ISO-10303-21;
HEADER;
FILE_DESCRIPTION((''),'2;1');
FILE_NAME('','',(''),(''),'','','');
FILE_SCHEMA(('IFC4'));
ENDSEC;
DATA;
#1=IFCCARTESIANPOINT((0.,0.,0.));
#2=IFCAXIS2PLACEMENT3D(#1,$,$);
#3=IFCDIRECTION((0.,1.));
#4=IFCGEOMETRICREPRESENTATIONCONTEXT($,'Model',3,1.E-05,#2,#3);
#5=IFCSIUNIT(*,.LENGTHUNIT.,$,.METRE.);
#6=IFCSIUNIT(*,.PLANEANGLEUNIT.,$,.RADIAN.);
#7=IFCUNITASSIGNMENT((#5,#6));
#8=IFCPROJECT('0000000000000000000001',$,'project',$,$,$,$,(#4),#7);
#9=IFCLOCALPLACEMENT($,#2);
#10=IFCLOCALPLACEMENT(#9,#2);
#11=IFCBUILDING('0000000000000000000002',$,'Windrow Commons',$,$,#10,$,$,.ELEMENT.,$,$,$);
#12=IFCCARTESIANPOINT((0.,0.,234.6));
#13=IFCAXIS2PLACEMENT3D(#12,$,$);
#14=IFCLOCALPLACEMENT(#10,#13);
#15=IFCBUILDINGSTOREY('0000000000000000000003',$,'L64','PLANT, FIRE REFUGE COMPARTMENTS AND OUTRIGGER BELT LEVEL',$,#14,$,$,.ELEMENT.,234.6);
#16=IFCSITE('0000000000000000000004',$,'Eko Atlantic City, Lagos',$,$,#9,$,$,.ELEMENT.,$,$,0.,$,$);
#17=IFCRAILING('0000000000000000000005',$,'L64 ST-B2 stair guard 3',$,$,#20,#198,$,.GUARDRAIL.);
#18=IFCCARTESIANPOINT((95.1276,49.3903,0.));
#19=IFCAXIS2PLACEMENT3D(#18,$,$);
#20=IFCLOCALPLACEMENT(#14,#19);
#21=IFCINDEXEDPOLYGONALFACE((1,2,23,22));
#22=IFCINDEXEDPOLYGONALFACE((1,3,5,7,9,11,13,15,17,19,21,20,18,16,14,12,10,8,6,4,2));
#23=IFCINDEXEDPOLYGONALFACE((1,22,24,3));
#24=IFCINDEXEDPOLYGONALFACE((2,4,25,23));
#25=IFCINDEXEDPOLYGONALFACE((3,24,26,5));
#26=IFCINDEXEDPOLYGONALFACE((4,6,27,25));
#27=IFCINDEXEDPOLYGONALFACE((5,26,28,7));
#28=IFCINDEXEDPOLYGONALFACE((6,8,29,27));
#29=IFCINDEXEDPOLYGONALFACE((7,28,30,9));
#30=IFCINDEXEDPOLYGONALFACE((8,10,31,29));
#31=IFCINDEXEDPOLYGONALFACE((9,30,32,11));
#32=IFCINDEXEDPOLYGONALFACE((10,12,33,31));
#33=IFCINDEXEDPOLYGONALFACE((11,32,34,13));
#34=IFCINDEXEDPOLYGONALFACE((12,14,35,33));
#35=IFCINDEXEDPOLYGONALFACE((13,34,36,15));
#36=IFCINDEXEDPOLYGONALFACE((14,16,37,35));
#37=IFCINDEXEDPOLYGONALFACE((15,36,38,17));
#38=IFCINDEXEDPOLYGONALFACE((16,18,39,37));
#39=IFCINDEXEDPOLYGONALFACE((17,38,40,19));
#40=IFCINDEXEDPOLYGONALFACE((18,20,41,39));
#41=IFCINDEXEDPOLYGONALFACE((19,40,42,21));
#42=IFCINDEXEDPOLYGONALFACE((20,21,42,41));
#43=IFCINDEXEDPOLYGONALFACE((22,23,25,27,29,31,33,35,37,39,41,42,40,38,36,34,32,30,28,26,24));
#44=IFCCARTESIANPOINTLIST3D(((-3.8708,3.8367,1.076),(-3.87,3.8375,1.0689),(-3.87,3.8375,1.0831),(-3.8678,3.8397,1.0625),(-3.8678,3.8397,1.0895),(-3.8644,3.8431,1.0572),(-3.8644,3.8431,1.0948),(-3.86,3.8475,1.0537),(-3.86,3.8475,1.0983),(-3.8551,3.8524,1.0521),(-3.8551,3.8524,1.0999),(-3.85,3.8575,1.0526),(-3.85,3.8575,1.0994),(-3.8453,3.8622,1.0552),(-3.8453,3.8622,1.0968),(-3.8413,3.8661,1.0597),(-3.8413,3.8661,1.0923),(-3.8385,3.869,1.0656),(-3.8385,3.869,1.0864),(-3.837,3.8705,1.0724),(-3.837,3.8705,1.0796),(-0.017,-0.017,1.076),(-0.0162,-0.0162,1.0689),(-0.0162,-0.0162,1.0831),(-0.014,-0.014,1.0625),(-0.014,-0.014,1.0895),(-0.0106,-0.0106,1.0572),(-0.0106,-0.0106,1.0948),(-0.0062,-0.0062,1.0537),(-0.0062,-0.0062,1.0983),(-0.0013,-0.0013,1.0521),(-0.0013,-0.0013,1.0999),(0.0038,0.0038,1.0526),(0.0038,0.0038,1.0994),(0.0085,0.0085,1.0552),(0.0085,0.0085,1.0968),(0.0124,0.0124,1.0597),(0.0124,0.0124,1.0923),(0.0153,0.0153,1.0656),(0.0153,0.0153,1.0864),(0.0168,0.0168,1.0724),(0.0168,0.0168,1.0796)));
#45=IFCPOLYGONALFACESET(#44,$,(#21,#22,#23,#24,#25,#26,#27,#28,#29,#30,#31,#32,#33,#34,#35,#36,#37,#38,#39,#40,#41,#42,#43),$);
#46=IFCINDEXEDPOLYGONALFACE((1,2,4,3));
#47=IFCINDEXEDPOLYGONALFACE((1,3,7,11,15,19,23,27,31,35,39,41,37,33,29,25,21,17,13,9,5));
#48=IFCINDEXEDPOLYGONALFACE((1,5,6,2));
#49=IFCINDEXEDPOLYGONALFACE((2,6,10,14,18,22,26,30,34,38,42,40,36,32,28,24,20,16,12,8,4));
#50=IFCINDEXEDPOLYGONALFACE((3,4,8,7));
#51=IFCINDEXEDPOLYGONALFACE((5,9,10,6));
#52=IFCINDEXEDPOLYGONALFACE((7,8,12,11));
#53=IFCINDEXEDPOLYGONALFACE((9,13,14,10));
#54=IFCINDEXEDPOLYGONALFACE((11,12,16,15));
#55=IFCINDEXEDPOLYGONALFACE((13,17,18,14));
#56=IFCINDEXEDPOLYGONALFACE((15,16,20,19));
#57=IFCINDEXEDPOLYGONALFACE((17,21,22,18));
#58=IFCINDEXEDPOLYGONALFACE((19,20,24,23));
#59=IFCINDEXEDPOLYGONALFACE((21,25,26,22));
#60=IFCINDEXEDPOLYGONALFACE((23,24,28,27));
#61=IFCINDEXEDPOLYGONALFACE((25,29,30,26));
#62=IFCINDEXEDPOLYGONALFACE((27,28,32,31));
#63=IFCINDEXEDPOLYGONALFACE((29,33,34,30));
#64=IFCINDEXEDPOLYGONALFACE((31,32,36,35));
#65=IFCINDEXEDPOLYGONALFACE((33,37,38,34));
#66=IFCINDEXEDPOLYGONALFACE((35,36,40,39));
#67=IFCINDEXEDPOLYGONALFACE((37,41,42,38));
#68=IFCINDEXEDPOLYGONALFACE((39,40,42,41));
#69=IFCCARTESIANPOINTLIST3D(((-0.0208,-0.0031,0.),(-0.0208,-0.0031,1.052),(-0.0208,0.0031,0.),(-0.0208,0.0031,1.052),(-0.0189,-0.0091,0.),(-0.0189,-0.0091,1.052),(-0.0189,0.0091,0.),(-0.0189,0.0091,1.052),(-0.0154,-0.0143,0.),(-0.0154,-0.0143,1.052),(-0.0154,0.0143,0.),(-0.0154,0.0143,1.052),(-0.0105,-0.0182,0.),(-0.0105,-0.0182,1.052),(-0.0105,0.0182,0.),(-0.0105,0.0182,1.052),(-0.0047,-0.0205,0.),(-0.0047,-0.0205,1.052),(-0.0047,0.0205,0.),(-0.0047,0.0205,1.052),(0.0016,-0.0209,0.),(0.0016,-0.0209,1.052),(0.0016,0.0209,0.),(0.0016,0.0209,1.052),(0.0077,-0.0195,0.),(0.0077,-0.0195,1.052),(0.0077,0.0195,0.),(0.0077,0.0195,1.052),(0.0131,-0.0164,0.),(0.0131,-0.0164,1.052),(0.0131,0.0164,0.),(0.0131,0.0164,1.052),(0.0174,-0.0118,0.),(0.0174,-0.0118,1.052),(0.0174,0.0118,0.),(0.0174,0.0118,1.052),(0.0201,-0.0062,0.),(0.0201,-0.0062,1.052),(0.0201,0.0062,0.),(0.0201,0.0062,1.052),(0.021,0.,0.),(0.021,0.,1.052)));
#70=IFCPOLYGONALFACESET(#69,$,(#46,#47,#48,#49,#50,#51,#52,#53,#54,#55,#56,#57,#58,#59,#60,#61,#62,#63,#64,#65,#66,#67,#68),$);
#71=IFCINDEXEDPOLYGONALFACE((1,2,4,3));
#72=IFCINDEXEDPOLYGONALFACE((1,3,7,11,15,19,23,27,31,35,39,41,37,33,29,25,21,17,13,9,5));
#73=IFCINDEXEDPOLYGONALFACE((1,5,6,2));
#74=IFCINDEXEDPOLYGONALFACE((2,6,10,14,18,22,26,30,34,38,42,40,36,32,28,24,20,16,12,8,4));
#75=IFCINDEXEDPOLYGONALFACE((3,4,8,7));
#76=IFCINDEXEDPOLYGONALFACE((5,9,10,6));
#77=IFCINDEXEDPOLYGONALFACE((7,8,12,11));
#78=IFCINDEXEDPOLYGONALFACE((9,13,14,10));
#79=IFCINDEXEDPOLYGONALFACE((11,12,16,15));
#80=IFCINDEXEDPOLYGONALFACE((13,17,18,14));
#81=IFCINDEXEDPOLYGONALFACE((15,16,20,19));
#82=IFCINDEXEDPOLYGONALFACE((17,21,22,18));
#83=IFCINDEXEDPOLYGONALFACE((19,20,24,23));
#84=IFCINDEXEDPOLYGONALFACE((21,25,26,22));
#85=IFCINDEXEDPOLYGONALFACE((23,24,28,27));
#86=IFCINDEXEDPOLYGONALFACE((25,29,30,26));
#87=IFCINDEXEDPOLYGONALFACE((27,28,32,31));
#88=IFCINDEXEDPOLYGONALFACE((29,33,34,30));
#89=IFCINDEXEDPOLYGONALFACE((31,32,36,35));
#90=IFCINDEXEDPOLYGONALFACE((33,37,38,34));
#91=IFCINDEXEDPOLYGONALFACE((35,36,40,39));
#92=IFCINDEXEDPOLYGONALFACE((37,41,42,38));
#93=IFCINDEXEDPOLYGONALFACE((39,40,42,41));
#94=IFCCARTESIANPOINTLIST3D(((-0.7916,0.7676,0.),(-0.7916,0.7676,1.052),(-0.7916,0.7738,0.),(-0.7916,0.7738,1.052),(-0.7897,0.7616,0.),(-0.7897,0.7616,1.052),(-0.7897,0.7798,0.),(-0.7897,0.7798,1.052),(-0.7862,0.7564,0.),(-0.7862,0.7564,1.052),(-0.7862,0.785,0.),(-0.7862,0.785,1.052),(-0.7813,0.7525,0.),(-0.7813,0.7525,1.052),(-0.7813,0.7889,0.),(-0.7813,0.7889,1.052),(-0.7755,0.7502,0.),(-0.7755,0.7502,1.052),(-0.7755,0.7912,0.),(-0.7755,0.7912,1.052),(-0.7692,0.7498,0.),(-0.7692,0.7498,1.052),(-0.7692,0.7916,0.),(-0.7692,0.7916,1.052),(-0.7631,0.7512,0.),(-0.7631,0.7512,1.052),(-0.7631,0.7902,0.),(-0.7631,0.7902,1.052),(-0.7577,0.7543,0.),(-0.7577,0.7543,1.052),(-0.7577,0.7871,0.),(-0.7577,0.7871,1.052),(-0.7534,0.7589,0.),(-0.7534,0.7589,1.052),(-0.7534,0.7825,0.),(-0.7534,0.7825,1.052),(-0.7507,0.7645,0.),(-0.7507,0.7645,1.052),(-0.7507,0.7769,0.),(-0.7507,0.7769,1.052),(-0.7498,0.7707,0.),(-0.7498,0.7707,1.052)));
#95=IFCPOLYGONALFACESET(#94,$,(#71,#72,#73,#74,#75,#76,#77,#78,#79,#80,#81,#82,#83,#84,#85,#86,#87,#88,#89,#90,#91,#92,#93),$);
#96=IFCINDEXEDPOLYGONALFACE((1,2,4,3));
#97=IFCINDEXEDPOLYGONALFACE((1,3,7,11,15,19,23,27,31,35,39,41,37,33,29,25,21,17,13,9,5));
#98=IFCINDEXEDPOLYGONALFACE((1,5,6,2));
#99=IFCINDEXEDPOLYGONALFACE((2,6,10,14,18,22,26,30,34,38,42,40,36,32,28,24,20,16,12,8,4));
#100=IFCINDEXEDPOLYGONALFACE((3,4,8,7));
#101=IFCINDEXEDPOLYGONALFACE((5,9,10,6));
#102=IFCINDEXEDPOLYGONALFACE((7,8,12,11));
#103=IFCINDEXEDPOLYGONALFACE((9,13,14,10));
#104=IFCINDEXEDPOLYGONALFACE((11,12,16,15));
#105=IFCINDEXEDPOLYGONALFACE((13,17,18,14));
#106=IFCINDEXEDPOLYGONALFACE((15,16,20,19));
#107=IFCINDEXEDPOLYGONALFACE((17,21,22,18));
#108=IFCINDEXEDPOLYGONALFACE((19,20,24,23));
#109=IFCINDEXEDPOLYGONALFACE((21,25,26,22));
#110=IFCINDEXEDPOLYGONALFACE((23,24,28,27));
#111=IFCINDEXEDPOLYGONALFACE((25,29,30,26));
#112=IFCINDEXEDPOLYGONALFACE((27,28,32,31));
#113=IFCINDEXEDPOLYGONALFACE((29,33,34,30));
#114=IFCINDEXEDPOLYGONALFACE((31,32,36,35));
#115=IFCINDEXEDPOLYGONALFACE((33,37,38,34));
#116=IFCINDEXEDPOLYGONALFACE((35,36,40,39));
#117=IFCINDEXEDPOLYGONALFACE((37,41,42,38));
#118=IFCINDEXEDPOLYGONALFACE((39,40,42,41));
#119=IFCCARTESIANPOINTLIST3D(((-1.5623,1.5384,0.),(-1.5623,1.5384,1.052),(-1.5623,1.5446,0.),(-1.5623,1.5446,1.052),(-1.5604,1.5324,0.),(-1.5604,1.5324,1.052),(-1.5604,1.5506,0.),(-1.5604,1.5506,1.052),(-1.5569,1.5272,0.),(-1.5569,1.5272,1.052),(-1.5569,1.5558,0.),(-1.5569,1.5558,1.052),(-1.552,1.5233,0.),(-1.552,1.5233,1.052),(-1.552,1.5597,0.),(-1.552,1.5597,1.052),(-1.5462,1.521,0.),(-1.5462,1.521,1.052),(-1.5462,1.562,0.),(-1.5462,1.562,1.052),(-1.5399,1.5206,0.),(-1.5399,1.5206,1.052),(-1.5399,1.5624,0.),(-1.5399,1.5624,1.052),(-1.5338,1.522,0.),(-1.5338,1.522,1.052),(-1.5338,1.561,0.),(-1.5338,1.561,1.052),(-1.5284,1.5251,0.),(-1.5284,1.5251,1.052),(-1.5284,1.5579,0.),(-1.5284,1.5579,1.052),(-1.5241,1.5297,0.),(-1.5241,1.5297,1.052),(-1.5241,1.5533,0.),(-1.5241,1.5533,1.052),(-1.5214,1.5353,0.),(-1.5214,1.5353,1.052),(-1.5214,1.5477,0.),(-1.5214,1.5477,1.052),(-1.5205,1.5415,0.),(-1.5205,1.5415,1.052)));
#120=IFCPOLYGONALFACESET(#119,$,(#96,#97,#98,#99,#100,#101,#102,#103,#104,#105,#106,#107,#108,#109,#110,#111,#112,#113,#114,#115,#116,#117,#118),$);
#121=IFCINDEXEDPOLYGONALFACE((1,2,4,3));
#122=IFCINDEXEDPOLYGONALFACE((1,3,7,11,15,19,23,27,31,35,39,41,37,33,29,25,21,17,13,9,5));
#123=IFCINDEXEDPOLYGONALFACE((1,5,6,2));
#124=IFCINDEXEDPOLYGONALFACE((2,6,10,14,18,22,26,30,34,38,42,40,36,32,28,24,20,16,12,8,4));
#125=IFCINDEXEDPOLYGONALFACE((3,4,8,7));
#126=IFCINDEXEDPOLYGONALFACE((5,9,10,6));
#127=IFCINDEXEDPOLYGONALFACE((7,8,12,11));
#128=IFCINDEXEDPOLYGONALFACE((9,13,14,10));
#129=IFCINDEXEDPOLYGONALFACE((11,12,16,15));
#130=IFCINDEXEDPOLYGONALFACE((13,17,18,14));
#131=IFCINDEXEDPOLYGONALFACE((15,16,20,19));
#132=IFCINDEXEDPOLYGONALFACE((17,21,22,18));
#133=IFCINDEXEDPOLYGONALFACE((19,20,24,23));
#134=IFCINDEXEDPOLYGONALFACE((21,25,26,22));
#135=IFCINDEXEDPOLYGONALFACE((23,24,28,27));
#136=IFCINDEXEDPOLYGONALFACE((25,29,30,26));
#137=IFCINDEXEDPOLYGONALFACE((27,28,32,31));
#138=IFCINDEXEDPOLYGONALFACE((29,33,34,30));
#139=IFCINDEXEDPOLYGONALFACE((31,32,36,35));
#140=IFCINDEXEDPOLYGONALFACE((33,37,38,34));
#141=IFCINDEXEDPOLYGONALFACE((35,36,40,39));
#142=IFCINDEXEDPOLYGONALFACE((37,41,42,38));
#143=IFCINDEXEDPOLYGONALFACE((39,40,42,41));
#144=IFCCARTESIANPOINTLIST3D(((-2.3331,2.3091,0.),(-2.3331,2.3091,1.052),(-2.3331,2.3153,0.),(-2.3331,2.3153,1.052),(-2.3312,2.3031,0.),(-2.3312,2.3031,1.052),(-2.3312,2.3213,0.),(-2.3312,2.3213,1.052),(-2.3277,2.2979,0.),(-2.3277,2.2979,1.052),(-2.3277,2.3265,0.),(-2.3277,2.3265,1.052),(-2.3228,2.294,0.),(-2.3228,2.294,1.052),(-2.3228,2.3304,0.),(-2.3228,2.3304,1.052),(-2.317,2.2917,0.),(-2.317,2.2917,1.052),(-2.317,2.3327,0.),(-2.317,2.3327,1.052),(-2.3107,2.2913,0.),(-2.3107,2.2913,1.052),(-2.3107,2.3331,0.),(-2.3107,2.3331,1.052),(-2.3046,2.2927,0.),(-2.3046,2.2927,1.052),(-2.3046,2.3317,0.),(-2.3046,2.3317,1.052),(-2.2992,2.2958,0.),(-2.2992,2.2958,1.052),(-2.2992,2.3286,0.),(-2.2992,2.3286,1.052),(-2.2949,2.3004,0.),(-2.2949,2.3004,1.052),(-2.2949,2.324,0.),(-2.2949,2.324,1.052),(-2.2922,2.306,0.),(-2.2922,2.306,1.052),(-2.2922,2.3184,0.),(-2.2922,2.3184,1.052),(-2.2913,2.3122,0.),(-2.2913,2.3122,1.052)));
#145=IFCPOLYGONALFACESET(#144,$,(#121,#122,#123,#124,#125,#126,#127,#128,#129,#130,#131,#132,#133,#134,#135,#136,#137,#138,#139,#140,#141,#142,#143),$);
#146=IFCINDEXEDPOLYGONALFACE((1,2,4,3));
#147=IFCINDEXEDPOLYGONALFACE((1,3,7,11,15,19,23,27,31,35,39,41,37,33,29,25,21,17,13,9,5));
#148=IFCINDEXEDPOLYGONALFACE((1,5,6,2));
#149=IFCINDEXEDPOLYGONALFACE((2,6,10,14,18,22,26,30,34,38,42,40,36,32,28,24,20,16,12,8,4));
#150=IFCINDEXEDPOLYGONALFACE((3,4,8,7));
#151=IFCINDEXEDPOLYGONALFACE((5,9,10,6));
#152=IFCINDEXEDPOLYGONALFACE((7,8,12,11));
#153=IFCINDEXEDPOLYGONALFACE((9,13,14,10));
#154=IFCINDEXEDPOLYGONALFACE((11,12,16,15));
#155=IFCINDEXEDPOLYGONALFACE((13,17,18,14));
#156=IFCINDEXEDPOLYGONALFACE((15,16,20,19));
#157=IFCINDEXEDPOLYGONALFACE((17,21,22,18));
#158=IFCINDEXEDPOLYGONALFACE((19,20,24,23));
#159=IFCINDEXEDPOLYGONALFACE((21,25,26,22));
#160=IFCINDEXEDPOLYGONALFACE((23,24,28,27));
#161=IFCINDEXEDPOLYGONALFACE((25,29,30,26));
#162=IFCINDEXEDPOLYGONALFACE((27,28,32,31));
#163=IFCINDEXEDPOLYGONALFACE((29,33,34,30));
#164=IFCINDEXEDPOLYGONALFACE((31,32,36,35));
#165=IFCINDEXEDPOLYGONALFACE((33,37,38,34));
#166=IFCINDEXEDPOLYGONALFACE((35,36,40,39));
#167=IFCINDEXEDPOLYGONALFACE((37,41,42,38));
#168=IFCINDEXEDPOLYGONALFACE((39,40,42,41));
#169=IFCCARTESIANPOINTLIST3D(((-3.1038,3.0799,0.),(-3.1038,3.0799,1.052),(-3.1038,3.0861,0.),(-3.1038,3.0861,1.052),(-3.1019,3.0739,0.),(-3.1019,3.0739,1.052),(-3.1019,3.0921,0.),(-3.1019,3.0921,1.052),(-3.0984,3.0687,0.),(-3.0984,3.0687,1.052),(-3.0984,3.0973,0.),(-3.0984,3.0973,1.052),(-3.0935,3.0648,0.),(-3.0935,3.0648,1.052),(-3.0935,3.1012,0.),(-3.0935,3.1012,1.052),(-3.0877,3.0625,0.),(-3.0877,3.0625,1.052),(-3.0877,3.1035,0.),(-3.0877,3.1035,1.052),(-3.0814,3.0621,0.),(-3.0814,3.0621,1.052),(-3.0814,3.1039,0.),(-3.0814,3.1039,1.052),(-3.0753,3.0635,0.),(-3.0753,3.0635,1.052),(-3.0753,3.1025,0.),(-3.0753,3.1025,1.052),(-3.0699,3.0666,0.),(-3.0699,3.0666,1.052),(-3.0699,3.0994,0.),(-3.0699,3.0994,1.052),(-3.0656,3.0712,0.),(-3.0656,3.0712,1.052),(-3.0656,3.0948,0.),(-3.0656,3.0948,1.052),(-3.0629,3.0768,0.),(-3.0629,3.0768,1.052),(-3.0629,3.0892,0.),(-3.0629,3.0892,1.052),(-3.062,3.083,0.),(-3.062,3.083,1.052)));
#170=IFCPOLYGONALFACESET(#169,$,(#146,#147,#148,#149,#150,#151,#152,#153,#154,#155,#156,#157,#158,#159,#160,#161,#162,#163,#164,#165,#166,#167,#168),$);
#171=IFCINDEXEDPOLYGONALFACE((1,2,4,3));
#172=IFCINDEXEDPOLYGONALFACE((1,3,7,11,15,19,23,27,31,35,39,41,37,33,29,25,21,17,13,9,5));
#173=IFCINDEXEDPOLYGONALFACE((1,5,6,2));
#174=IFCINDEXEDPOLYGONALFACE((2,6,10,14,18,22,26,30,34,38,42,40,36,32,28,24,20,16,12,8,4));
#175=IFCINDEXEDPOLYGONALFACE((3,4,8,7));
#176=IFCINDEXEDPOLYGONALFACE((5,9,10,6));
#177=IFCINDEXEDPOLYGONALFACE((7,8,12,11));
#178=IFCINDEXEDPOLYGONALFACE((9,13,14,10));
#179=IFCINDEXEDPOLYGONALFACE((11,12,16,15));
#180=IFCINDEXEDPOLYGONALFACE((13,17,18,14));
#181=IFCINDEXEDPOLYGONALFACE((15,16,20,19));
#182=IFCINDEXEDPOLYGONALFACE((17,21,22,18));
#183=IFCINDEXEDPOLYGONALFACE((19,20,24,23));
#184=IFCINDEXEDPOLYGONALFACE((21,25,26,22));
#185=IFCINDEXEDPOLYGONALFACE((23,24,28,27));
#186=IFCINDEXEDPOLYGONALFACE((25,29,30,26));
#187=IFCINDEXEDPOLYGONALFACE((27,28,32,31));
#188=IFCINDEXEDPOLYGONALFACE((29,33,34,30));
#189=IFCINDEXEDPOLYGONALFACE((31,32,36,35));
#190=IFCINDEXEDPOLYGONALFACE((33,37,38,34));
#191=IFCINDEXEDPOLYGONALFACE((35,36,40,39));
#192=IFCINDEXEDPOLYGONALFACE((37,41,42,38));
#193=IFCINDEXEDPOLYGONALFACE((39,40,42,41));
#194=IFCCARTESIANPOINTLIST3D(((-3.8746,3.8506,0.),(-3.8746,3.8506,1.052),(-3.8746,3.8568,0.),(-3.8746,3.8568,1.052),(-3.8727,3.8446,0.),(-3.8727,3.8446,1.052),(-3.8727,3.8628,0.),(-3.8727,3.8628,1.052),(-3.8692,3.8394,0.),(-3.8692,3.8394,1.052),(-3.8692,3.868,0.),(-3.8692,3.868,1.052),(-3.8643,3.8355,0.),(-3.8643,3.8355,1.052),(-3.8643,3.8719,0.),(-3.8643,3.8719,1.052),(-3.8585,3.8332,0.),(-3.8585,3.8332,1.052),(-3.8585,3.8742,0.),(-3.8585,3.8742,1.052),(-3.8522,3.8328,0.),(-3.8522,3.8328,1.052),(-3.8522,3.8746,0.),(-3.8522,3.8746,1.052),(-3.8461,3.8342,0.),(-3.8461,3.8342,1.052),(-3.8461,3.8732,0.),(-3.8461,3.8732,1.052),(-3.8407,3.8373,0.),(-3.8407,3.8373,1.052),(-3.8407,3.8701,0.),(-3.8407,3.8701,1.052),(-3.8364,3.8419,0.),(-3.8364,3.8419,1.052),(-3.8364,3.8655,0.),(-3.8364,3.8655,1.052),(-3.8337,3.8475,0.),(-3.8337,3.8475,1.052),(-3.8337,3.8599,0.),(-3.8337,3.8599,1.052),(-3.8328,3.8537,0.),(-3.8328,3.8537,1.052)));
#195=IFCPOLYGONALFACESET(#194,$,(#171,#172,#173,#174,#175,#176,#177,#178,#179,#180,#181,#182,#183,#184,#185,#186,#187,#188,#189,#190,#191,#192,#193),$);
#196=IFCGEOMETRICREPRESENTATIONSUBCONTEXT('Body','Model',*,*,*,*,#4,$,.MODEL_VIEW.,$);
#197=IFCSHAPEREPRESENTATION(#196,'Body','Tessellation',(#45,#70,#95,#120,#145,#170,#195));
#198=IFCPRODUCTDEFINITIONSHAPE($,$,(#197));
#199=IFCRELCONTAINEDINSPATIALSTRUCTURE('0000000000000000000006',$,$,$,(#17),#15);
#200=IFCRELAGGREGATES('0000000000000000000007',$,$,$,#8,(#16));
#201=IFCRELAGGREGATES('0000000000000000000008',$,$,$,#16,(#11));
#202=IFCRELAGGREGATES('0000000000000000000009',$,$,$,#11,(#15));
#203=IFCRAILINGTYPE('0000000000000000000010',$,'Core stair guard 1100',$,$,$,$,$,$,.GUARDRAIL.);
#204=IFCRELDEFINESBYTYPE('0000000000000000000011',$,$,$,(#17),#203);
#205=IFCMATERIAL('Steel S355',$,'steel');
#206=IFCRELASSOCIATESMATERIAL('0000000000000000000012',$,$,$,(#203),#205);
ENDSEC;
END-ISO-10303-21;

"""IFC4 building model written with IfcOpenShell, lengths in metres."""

from ifc_helpers import new_model, si_unit, direction, frame, origin, origin_2d, place, context, subcontext, project, spatial, circle, extrude, material, type_object, element, save


model = new_model("IFC4")

# Units and contexts
model_context = context("Model", 3, precision=1e-05, world=origin(), true_north=direction((0.0, 1.0)))
body_context = subcontext(model_context, "Body", "Model", "MODEL_VIEW")
ifc_project = project(units=[si_unit("LENGTHUNIT", "METRE"), si_unit("PLANEANGLEUNIT", "RADIAN")], contexts=[model_context])

# Site, building, storey
site_placement = place(None, origin())
site = spatial("IfcSite", under=ifc_project, at=site_placement, Name="Eko Atlantic City, Lagos", CompositionType="ELEMENT", RefElevation=0.0)
building_placement = place(site_placement, origin())
building = spatial("IfcBuilding", under=site, at=building_placement, Name="Windrow Commons", CompositionType="ELEMENT")
storey_placement = place(building_placement, frame((0.0, 0.0, 234.6)))
storey = spatial("IfcBuildingStorey", under=building, at=storey_placement, Name="L64", Description="PLANT, FIRE REFUGE COMPARTMENTS AND OUTRIGGER BELT LEVEL", CompositionType="ELEMENT", Elevation=234.6)

# Railing
ifc_material_1 = material(Name="Steel S355", Category="steel")
railing_type_1 = type_object("IfcRailingType", Name="Core stair guard 1100", PredefinedType="GUARDRAIL", material=ifc_material_1)
railing_1_placement = place(storey_placement, frame((95.1276, 49.3903, 0.0)))
element("IfcRailing", 1, at=railing_1_placement, inside=storey, type_object=railing_type_1, Name="L64 ST-B2 stair guard 3", PredefinedType="GUARDRAIL", context=body_context, shape_type="SweptSolid", body=[
    extrude(circle(Radius=0.024, at=origin_2d()), frame((0.0, 0.0, 1.076), z_axis=(-0.707116, 0.707098, 0.0), x_axis=(-0.707098, -0.707116, 0.0)), (0.0, 0.0, 1.0), 5.45),
    extrude(circle(Radius=0.021, at=origin_2d()), origin(), (0.0, 0.0, 1.0), 1.052),
    extrude(circle(Radius=0.021, at=origin_2d()), frame((-0.7708, 0.7707, 0.0)), (0.0, 0.0, 1.0), 1.052),
    extrude(circle(Radius=0.021, at=origin_2d()), frame((-1.5415, 1.5415, 0.0)), (0.0, 0.0, 1.0), 1.052),
    extrude(circle(Radius=0.021, at=origin_2d()), frame((-2.3123, 2.3122, 0.0)), (0.0, 0.0, 1.0), 1.052),
    extrude(circle(Radius=0.021, at=origin_2d()), frame((-3.083, 3.083, 0.0)), (0.0, 0.0, 1.0), 1.052),
    extrude(circle(Radius=0.021, at=origin_2d()), frame((-3.8538, 3.8537, 0.0)), (0.0, 0.0, 1.0), 1.052),
])

save(model, "model.ifc")
